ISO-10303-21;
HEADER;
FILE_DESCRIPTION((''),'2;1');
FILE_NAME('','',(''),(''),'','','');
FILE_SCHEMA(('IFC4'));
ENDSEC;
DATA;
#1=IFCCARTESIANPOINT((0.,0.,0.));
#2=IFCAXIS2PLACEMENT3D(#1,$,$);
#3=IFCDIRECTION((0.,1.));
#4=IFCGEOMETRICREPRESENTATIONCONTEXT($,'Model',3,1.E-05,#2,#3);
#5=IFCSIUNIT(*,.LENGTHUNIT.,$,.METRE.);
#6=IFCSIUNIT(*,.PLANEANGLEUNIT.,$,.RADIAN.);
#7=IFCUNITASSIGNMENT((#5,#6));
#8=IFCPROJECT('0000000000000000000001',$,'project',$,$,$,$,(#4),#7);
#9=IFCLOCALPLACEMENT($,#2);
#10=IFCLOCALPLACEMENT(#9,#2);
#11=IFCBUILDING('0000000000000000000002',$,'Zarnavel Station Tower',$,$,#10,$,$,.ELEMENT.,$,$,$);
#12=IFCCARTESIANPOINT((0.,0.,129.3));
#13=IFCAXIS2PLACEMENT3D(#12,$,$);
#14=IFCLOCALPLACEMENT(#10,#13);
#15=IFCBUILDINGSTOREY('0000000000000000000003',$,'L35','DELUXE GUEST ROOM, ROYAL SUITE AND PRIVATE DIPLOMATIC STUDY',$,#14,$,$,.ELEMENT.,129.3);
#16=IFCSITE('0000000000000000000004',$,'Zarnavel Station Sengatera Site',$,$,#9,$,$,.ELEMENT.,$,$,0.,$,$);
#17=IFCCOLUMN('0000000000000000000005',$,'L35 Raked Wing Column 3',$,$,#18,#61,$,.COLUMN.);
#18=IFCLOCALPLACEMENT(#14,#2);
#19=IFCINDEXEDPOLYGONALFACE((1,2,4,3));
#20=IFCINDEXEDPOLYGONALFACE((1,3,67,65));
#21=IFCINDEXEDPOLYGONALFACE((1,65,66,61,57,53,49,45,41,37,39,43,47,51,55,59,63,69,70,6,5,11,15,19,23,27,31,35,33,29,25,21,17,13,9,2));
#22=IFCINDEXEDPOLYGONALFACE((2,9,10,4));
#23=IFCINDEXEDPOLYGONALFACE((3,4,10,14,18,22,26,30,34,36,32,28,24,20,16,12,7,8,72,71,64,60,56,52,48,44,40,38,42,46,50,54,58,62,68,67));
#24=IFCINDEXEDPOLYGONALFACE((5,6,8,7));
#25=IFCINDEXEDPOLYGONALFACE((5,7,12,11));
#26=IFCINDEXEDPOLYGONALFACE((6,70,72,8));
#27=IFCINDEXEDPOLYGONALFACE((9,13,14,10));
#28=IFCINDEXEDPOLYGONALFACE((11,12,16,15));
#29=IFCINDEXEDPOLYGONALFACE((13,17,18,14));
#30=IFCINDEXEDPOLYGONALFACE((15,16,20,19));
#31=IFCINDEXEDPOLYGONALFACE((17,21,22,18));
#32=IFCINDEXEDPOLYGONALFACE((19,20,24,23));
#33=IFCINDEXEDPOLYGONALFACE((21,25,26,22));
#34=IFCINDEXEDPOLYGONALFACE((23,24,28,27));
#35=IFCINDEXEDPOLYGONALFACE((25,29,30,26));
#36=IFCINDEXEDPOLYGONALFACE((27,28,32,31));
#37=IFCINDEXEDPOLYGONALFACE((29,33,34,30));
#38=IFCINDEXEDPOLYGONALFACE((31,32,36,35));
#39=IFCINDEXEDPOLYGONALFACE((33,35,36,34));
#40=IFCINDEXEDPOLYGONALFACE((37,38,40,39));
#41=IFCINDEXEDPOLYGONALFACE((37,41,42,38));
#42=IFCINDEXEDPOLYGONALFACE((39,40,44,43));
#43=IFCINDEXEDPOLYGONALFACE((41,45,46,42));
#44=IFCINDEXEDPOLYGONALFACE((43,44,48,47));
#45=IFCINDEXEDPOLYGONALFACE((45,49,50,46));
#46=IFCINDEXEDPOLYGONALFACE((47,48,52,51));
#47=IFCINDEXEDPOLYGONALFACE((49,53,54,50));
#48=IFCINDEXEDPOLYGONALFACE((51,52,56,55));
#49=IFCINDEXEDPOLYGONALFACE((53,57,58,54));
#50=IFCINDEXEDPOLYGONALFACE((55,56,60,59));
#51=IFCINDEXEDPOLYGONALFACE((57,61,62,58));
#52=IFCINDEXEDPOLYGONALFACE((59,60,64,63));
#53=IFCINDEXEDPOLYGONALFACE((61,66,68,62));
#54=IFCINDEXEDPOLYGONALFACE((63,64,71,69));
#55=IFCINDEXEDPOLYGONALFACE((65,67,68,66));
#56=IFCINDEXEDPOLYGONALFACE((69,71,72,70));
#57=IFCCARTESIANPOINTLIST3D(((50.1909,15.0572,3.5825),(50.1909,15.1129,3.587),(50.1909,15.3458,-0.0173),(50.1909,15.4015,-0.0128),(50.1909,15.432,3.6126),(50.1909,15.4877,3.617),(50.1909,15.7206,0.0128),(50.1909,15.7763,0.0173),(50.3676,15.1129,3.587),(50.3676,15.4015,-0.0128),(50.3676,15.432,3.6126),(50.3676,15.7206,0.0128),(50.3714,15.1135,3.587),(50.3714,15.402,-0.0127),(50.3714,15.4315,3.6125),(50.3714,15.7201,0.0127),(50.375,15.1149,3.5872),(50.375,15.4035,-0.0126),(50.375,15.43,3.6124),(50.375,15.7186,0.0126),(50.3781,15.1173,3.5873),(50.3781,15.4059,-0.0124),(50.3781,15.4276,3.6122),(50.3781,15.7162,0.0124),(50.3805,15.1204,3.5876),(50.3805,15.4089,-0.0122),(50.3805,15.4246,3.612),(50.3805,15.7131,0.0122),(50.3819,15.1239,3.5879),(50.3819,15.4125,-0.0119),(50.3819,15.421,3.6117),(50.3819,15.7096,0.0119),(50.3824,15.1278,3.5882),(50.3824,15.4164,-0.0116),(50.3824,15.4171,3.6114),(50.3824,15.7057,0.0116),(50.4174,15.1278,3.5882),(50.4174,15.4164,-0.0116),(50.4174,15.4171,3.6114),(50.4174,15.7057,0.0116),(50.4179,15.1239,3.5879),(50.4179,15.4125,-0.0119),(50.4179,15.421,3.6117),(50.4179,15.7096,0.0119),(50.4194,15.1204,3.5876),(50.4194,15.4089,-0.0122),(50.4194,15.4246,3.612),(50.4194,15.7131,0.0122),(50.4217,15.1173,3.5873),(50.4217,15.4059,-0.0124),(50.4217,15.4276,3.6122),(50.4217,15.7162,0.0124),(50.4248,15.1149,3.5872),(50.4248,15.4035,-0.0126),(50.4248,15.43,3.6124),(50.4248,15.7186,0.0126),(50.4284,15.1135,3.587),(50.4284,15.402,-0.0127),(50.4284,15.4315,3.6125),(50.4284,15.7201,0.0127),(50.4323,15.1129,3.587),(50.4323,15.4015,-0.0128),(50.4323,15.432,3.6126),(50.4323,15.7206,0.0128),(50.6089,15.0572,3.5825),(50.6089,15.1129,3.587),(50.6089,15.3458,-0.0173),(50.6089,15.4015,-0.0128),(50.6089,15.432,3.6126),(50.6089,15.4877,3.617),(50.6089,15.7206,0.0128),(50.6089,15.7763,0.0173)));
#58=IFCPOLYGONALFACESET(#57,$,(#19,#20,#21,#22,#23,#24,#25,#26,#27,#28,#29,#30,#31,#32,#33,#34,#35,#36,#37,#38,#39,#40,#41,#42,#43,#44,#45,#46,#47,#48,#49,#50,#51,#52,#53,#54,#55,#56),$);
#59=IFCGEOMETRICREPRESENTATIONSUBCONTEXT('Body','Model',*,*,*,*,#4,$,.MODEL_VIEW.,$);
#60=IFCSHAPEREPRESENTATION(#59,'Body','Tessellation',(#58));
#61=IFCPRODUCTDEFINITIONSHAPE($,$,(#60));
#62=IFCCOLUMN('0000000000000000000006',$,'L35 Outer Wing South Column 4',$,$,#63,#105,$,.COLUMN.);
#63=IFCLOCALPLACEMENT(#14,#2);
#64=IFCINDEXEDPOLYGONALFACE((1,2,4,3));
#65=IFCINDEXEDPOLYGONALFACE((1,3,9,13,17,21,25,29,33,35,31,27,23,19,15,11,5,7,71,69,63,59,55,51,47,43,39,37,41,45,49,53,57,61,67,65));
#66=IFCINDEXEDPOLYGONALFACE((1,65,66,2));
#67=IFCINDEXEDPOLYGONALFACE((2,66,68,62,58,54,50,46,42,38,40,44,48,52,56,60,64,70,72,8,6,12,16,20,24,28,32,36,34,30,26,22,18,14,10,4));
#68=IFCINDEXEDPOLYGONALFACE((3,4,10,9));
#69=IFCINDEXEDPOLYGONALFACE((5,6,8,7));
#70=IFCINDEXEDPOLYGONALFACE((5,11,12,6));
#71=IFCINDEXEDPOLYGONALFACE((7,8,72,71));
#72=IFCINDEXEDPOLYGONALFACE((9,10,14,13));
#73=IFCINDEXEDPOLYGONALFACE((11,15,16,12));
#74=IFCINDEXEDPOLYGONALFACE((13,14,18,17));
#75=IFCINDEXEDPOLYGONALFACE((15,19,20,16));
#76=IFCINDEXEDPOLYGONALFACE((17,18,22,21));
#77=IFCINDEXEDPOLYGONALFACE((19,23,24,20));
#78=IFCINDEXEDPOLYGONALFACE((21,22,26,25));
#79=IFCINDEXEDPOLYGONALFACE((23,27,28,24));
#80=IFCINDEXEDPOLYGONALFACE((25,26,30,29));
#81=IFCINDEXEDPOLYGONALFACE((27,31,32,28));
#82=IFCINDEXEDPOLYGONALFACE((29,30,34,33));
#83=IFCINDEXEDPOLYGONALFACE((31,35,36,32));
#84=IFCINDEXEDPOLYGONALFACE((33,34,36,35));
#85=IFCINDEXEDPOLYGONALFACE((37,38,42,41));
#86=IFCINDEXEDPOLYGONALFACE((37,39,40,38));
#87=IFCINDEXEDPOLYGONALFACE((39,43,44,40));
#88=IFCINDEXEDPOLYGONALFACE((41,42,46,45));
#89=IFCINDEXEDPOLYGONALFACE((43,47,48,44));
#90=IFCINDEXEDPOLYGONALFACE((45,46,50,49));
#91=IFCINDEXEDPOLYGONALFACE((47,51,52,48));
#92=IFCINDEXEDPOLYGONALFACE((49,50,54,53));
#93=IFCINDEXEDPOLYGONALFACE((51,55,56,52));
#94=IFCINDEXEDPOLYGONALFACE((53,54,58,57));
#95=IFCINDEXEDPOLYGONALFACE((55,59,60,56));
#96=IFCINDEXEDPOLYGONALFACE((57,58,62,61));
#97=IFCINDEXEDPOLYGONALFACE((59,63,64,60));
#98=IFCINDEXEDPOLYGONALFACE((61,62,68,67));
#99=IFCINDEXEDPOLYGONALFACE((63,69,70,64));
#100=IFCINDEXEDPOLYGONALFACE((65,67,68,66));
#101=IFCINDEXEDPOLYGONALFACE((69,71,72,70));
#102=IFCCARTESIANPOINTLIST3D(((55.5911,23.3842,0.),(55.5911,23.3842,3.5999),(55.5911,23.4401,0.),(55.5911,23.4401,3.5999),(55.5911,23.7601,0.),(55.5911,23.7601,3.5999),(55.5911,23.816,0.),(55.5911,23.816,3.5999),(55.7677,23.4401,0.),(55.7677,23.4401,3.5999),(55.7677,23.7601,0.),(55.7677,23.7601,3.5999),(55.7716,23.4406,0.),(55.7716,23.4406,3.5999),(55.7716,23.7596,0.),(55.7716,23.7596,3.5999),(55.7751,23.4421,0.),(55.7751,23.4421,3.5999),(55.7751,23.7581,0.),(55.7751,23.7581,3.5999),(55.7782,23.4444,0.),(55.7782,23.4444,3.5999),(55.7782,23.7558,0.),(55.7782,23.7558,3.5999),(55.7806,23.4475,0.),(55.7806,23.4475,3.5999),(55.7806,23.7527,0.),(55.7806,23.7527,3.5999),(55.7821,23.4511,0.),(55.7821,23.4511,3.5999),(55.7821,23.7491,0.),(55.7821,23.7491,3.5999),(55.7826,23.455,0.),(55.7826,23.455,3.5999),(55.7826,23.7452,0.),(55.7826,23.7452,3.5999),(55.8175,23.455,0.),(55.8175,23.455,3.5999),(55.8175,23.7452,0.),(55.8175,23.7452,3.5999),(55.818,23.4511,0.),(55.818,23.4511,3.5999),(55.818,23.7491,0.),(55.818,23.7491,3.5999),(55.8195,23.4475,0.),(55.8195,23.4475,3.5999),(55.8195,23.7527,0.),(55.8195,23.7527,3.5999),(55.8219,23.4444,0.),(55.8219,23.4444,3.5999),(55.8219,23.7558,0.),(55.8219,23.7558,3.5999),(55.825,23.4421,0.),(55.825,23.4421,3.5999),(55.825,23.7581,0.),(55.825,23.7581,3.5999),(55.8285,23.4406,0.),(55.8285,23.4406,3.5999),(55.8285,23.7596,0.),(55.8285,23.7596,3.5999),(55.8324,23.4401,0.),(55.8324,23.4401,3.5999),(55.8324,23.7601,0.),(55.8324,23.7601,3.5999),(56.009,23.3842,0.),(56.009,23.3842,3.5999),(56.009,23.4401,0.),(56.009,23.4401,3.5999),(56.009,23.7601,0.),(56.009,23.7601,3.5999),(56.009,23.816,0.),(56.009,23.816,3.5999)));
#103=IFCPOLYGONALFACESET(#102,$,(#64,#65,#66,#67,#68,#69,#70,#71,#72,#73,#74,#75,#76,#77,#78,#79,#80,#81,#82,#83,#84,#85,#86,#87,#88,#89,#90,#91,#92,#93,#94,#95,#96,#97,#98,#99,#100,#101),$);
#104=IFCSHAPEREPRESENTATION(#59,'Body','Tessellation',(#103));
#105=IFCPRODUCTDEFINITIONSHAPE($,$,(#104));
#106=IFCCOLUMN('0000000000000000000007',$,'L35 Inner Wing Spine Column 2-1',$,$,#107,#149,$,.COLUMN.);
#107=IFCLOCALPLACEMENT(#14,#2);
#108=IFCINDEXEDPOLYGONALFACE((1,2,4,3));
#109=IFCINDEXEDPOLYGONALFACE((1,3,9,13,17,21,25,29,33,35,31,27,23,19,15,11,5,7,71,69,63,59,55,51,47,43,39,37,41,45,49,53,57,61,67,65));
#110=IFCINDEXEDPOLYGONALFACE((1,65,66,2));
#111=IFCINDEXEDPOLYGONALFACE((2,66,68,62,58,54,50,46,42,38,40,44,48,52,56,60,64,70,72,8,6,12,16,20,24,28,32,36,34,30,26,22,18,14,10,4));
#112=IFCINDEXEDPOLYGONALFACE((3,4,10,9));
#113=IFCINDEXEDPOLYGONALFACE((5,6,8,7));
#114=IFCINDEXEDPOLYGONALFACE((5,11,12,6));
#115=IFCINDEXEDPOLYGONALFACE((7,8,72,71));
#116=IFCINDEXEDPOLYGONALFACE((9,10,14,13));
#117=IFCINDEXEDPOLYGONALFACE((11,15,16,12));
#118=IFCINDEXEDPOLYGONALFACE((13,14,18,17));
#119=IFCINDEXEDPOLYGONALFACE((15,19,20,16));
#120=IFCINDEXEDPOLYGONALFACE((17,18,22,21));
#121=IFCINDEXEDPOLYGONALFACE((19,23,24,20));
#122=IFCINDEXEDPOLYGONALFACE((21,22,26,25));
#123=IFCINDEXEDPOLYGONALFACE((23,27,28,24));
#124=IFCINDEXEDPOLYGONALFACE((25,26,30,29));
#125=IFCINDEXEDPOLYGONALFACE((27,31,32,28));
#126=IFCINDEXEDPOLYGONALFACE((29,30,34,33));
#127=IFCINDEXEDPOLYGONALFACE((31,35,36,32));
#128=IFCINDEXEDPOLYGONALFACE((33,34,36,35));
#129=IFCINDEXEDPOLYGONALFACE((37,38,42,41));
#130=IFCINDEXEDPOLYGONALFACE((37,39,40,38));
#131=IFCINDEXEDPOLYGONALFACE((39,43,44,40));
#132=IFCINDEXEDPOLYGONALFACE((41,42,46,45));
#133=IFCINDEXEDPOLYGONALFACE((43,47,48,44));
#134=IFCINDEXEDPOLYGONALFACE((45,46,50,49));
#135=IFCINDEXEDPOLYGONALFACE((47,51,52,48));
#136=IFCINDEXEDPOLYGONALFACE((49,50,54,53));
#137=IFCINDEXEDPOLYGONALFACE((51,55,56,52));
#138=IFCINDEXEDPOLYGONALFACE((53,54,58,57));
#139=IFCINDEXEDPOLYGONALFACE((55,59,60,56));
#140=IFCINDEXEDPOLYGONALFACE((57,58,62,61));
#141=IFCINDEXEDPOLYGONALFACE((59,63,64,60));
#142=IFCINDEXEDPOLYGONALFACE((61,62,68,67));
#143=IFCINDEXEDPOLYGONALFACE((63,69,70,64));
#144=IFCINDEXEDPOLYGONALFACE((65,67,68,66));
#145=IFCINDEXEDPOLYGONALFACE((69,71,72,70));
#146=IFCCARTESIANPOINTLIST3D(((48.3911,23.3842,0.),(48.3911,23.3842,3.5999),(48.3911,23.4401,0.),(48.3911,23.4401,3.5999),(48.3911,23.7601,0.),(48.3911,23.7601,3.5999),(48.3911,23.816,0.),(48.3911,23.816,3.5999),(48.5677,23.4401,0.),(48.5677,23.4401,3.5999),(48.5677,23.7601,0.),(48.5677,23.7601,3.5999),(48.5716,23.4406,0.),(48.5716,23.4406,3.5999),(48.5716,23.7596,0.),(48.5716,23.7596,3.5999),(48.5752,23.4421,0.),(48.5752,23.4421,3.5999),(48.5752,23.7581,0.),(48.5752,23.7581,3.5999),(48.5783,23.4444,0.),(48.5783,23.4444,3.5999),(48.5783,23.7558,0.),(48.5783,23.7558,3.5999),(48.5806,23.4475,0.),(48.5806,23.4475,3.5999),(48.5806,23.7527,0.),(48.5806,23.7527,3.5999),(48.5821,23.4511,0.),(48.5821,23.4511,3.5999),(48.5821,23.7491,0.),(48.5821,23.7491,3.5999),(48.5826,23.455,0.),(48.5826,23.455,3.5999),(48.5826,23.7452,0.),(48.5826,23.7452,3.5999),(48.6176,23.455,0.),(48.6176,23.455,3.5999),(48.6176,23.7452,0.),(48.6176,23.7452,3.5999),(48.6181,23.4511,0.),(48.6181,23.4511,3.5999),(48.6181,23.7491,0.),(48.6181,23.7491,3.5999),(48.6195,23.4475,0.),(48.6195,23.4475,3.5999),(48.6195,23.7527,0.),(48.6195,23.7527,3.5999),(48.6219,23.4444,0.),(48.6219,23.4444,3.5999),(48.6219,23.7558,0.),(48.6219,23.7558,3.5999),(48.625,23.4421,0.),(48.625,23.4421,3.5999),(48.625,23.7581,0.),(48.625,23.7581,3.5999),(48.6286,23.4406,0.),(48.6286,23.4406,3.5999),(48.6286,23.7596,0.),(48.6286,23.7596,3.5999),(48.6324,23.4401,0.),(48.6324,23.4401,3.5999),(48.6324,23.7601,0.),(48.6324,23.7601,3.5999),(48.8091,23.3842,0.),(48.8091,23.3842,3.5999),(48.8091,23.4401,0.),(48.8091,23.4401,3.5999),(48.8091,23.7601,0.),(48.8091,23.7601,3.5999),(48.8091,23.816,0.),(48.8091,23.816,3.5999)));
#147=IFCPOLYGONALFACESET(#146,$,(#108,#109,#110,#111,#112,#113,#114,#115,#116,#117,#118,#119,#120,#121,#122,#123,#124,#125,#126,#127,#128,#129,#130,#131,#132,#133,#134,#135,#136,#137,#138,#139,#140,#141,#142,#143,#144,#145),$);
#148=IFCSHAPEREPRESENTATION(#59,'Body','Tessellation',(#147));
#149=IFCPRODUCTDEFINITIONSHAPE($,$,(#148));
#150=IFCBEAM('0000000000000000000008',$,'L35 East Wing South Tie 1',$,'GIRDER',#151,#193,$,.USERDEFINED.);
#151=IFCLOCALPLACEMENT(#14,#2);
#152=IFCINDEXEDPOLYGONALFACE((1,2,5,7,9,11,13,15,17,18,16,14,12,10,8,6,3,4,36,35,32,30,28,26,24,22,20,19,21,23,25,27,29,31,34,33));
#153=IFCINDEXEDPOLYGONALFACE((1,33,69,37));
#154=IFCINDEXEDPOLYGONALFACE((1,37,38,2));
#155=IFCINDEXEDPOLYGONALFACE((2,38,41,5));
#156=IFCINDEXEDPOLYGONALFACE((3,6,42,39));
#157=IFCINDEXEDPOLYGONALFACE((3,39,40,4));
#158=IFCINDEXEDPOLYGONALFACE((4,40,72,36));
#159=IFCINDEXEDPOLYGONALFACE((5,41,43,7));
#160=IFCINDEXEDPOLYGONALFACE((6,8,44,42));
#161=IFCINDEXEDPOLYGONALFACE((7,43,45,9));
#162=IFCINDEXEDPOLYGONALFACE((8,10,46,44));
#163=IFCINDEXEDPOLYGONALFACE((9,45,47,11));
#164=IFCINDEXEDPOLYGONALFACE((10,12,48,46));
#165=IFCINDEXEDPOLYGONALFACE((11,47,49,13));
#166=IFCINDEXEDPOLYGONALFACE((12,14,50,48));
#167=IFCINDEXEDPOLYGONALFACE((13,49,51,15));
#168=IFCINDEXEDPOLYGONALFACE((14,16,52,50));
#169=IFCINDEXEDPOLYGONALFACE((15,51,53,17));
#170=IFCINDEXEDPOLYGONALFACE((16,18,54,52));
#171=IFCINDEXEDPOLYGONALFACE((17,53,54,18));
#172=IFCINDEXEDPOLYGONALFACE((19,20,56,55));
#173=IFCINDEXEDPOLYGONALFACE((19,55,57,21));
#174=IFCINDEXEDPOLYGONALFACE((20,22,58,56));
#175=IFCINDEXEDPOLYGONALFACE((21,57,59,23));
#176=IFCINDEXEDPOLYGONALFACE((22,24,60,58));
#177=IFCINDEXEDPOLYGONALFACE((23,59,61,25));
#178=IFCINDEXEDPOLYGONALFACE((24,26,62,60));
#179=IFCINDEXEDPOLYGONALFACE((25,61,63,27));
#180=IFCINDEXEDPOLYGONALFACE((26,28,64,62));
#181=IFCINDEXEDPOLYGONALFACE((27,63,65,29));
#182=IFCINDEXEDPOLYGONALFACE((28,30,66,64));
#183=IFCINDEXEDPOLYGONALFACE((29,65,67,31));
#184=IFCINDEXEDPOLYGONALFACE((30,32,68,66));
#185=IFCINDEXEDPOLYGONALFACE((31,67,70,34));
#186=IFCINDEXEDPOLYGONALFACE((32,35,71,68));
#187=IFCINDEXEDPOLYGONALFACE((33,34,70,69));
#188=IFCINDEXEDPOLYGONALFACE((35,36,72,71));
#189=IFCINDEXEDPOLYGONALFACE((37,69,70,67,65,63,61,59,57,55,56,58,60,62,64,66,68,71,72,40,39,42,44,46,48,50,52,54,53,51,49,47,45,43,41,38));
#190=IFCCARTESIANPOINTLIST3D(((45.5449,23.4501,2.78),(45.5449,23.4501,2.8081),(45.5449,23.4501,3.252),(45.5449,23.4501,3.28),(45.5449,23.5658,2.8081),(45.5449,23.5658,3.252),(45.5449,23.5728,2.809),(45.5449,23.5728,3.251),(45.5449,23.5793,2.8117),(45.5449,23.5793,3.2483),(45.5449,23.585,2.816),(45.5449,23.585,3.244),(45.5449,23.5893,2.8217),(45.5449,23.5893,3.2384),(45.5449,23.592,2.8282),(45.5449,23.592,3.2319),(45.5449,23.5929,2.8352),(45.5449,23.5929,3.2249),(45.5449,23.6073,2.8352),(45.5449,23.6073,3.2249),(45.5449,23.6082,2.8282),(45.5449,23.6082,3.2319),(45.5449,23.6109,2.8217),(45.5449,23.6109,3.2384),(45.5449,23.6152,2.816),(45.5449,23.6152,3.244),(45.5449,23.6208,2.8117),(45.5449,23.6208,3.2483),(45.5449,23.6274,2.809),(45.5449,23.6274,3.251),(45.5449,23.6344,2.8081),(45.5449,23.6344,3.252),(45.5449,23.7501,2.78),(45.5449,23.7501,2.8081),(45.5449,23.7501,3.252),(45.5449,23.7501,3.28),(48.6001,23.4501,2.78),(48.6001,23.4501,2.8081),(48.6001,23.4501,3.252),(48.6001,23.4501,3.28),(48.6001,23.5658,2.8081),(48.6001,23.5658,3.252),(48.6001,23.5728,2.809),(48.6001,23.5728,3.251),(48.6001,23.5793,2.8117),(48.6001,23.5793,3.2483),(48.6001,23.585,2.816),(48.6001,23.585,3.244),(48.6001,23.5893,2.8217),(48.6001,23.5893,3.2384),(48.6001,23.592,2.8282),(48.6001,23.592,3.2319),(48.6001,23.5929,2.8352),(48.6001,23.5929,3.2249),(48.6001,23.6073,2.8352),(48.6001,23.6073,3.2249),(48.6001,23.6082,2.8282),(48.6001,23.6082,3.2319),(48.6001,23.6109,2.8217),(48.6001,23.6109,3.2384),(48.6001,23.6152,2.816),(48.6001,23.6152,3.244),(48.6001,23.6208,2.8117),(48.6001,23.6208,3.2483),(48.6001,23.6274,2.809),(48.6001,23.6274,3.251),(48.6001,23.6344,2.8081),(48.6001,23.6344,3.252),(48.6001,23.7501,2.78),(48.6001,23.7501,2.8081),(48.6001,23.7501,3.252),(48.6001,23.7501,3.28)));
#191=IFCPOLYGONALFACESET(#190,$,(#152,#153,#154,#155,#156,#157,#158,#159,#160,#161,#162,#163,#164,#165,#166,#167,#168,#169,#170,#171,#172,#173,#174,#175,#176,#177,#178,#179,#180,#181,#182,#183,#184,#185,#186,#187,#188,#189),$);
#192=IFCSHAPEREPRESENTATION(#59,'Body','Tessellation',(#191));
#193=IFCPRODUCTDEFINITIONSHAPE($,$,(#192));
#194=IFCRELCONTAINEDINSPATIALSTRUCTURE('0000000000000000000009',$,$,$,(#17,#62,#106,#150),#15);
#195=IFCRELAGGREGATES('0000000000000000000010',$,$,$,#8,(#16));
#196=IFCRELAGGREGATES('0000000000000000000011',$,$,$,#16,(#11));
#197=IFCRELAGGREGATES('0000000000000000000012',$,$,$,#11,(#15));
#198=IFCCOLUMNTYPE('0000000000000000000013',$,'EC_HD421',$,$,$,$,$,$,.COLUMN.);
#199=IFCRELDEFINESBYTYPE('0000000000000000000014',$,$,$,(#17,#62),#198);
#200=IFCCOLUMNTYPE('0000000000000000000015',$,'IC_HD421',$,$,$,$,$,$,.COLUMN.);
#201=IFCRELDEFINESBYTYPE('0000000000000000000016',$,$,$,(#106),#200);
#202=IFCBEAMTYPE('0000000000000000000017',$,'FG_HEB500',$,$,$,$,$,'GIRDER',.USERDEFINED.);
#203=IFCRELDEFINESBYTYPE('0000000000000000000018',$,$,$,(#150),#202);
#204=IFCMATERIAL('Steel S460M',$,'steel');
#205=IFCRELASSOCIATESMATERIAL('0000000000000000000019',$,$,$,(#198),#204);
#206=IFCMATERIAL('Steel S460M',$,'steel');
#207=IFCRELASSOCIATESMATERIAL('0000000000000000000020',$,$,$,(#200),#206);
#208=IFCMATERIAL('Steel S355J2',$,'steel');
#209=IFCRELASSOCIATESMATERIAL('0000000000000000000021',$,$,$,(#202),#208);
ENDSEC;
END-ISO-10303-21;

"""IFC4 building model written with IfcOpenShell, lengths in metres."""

from ifc_helpers import new_model, si_unit, direction, frame, origin, origin_2d, place, context, subcontext, project, spatial, i_section, extrude, material, material_profile, profile_set, type_object, element, save


model = new_model("IFC4")

# Units and contexts
model_context = context("Model", 3, precision=1e-05, world=origin(), true_north=direction((0.0, 1.0)))
body_context = subcontext(model_context, "Body", "Model", "MODEL_VIEW")
ifc_project = project(units=[si_unit("LENGTHUNIT", "METRE"), si_unit("PLANEANGLEUNIT", "RADIAN")], contexts=[model_context])

# Site, building, storey
site_placement = place(None, origin())
site = spatial("IfcSite", under=ifc_project, at=site_placement, Name="Zarnavel Station Sengatera Site", CompositionType="ELEMENT", RefElevation=0.0)
building_placement = place(site_placement, origin())
building = spatial("IfcBuilding", under=site, at=building_placement, Name="Zarnavel Station Tower", CompositionType="ELEMENT")
storey_placement = place(building_placement, frame((0.0, 0.0, 129.3)))
storey = spatial("IfcBuildingStorey", under=building, at=storey_placement, Name="L35", Description="DELUXE GUEST ROOM, ROYAL SUITE AND PRIVATE DIPLOMATIC STUDY", CompositionType="ELEMENT", Elevation=129.3)

# Columns
ifc_material_1 = material(Name="Steel S460M", Category="steel")
ifc_material_profile_1 = material_profile(ifc_material_1, i_section(OverallWidth=0.418, OverallDepth=0.4319, WebThickness=0.0349, FlangeThickness=0.0559, FilletRadius=0.0149, at=origin_2d()), Name="HD400x421")
ifc_profile_set_1 = profile_set([ifc_material_profile_1], Name="Steel S460M")
column_type_1 = type_object("IfcColumnType", Name="EC_HD421", PredefinedType="COLUMN", material=ifc_profile_set_1)
column_1_placement = place(storey_placement, frame((50.3999, 15.561, 0.0), z_axis=(0.0, -0.079906, 0.996802), x_axis=(1.0, 0.0, 0.0)))
element("IfcColumn", 1, at=column_1_placement, inside=storey, type_object=column_type_1, Name="L35 Raked Wing Column 3", PredefinedType="COLUMN", context=body_context, shape_type="SweptSolid", body=[
    extrude(i_section(OverallWidth=0.418, OverallDepth=0.4319, WebThickness=0.0349, FlangeThickness=0.0559, FilletRadius=0.0149, at=origin_2d()), origin(), (0.0, 0.0, 1.0), 3.6113),
])
column_2_placement = place(storey_placement, frame((55.8, 23.6001, 0.0), z_axis=(0.0, 0.0, 1.0), x_axis=(1.0, 0.0, 0.0)))
element("IfcColumn", 2, at=column_2_placement, inside=storey, type_object=column_type_1, Name="L35 Outer Wing South Column 4", PredefinedType="COLUMN", context=body_context, shape_type="SweptSolid", body=[
    extrude(i_section(OverallWidth=0.418, OverallDepth=0.4319, WebThickness=0.0349, FlangeThickness=0.0559, FilletRadius=0.0149, at=origin_2d()), origin(), (0.0, 0.0, 1.0), 3.5999),
])
ifc_material_2 = material(Name="Steel S460M", Category="steel")
ifc_material_profile_2 = material_profile(ifc_material_2, i_section(OverallWidth=0.418, OverallDepth=0.4319, WebThickness=0.0349, FlangeThickness=0.0559, FilletRadius=0.0149, at=origin_2d()), Name="HD400x421")
ifc_profile_set_2 = profile_set([ifc_material_profile_2], Name="Steel S460M")
column_type_2 = type_object("IfcColumnType", Name="IC_HD421", PredefinedType="COLUMN", material=ifc_profile_set_2)
column_3_placement = place(storey_placement, frame((48.6001, 23.6001, 0.0), z_axis=(0.0, 0.0, 1.0), x_axis=(1.0, 0.0, 0.0)))
element("IfcColumn", 3, at=column_3_placement, inside=storey, type_object=column_type_2, Name="L35 Inner Wing Spine Column 2-1", PredefinedType="COLUMN", context=body_context, shape_type="SweptSolid", body=[
    extrude(i_section(OverallWidth=0.418, OverallDepth=0.4319, WebThickness=0.0349, FlangeThickness=0.0559, FilletRadius=0.0149, at=origin_2d()), origin(), (0.0, 0.0, 1.0), 3.5999),
])

# Beam
ifc_material_3 = material(Name="Steel S355J2", Category="steel")
ifc_material_profile_3 = material_profile(ifc_material_3, i_section(OverallWidth=0.3, OverallDepth=0.5, WebThickness=0.0144, FlangeThickness=0.0281, FilletRadius=0.0271, at=origin_2d()), Name="HEB500")
ifc_profile_set_3 = profile_set([ifc_material_profile_3], Name="Steel S355J2")
beam_type_1 = type_object("IfcBeamType", Name="FG_HEB500", ElementType="GIRDER", PredefinedType="USERDEFINED", material=ifc_profile_set_3)
beam_1_placement = place(storey_placement, frame((45.5449, 23.6001, 3.03), z_axis=(1.0, 0.0, 0.0), x_axis=(0.0, 1.0, 0.0)))
element("IfcBeam", 4, at=beam_1_placement, inside=storey, type_object=beam_type_1, Name="L35 East Wing South Tie 1", ObjectType="GIRDER", PredefinedType="USERDEFINED", context=body_context, shape_type="SweptSolid", body=[
    extrude(i_section(OverallWidth=0.3, OverallDepth=0.5, WebThickness=0.0144, FlangeThickness=0.0281, FilletRadius=0.0271, at=origin_2d()), origin(), (0.0, 0.0, 1.0), 3.0552),
])

save(model, "model.ifc")
